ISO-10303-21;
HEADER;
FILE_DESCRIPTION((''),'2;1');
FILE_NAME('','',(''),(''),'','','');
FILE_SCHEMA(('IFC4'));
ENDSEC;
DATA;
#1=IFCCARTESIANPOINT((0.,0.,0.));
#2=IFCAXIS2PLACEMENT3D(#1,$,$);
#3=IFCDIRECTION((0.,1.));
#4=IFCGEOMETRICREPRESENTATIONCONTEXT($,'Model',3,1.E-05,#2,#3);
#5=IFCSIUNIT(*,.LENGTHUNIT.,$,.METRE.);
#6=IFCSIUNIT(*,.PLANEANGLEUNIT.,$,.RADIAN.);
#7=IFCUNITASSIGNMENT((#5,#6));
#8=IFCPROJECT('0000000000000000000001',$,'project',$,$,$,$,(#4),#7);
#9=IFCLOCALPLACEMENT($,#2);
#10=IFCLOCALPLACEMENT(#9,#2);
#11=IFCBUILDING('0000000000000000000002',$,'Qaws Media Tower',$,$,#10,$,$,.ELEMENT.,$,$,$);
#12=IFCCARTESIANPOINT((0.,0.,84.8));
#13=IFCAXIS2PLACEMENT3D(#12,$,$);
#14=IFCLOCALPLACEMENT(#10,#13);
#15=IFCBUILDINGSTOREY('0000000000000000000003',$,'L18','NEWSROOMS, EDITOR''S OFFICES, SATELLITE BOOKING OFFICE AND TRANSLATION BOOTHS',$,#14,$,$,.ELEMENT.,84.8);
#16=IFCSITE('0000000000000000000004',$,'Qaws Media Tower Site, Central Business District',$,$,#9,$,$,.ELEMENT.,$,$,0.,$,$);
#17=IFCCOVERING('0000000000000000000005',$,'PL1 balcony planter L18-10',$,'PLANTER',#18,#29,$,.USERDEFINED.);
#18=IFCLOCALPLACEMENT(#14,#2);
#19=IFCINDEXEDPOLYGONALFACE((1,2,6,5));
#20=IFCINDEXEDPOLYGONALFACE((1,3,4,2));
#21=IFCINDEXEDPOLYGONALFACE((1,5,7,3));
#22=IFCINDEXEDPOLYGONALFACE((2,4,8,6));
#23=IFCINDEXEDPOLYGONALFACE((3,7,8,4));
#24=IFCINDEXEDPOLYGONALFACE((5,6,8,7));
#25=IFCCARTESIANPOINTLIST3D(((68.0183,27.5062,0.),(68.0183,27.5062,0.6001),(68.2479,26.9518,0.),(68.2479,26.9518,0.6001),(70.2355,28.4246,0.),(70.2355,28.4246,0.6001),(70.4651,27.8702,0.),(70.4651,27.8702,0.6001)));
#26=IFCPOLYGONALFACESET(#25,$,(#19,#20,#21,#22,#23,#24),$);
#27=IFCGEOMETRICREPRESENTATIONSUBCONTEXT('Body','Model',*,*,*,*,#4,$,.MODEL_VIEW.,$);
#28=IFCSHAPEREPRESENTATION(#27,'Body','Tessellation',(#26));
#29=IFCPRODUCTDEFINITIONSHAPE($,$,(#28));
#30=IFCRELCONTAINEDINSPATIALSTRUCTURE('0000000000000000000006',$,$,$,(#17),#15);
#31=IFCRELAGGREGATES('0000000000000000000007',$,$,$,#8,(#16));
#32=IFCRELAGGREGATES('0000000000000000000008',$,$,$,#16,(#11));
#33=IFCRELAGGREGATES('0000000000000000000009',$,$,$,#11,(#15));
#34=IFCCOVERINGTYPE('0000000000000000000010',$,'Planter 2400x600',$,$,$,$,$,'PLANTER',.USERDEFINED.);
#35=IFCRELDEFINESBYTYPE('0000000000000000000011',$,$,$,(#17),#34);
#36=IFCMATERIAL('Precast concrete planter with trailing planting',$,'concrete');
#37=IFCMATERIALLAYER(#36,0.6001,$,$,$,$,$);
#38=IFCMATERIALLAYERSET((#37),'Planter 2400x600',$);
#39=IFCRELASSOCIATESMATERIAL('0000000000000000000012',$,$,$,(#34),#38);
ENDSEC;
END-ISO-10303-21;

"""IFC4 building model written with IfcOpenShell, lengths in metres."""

from ifc_helpers import new_model, si_unit, direction, frame, origin, origin_2d, place, context, subcontext, project, spatial, rectangle, extrude, material, layer, layer_set, type_object, element, save


model = new_model("IFC4")

# Units and contexts
model_context = context("Model", 3, precision=1e-05, world=origin(), true_north=direction((0.0, 1.0)))
body_context = subcontext(model_context, "Body", "Model", "MODEL_VIEW")
ifc_project = project(units=[si_unit("LENGTHUNIT", "METRE"), si_unit("PLANEANGLEUNIT", "RADIAN")], contexts=[model_context])

# Site, building, storey
site_placement = place(None, origin())
site = spatial("IfcSite", under=ifc_project, at=site_placement, Name="Qaws Media Tower Site, Central Business District", CompositionType="ELEMENT", RefElevation=0.0)
building_placement = place(site_placement, origin())
building = spatial("IfcBuilding", under=site, at=building_placement, Name="Qaws Media Tower", CompositionType="ELEMENT")
storey_placement = place(building_placement, frame((0.0, 0.0, 84.8)))
storey = spatial("IfcBuildingStorey", under=building, at=storey_placement, Name="L18", Description="NEWSROOMS, EDITOR'S OFFICES, SATELLITE BOOKING OFFICE AND TRANSLATION BOOTHS", CompositionType="ELEMENT", Elevation=84.8)

# Covering
ifc_material_1 = material(Name="Precast concrete planter with trailing planting", Category="concrete")
ifc_layer_1 = layer(ifc_material_1, 0.6001)
ifc_layer_set_1 = layer_set([ifc_layer_1], Name="Planter 2400x600")
covering_type = type_object("IfcCoveringType", Name="Planter 2400x600", ElementType="PLANTER", PredefinedType="USERDEFINED", material=ifc_layer_set_1)
for number, where, z_axis, x_axis, name in (
    (1, (69.2417, 27.6882, 0.0), (0.0, 0.0, 1.0), (0.92388, 0.382683, 0.0), "PL1 balcony planter L18-10"),
):
    element("IfcCovering", number, at=place(storey_placement, frame(where, z_axis=z_axis, x_axis=x_axis)), inside=storey, type_object=covering_type, Name=name, ObjectType="PLANTER", PredefinedType="USERDEFINED", context=body_context, shape_type="SweptSolid", body=[
        extrude(rectangle(XDim=2.3999, YDim=0.6001, at=origin_2d()), origin(), (0.0, 0.0, 1.0), 0.6001),
    ])

save(model, "model.ifc")
